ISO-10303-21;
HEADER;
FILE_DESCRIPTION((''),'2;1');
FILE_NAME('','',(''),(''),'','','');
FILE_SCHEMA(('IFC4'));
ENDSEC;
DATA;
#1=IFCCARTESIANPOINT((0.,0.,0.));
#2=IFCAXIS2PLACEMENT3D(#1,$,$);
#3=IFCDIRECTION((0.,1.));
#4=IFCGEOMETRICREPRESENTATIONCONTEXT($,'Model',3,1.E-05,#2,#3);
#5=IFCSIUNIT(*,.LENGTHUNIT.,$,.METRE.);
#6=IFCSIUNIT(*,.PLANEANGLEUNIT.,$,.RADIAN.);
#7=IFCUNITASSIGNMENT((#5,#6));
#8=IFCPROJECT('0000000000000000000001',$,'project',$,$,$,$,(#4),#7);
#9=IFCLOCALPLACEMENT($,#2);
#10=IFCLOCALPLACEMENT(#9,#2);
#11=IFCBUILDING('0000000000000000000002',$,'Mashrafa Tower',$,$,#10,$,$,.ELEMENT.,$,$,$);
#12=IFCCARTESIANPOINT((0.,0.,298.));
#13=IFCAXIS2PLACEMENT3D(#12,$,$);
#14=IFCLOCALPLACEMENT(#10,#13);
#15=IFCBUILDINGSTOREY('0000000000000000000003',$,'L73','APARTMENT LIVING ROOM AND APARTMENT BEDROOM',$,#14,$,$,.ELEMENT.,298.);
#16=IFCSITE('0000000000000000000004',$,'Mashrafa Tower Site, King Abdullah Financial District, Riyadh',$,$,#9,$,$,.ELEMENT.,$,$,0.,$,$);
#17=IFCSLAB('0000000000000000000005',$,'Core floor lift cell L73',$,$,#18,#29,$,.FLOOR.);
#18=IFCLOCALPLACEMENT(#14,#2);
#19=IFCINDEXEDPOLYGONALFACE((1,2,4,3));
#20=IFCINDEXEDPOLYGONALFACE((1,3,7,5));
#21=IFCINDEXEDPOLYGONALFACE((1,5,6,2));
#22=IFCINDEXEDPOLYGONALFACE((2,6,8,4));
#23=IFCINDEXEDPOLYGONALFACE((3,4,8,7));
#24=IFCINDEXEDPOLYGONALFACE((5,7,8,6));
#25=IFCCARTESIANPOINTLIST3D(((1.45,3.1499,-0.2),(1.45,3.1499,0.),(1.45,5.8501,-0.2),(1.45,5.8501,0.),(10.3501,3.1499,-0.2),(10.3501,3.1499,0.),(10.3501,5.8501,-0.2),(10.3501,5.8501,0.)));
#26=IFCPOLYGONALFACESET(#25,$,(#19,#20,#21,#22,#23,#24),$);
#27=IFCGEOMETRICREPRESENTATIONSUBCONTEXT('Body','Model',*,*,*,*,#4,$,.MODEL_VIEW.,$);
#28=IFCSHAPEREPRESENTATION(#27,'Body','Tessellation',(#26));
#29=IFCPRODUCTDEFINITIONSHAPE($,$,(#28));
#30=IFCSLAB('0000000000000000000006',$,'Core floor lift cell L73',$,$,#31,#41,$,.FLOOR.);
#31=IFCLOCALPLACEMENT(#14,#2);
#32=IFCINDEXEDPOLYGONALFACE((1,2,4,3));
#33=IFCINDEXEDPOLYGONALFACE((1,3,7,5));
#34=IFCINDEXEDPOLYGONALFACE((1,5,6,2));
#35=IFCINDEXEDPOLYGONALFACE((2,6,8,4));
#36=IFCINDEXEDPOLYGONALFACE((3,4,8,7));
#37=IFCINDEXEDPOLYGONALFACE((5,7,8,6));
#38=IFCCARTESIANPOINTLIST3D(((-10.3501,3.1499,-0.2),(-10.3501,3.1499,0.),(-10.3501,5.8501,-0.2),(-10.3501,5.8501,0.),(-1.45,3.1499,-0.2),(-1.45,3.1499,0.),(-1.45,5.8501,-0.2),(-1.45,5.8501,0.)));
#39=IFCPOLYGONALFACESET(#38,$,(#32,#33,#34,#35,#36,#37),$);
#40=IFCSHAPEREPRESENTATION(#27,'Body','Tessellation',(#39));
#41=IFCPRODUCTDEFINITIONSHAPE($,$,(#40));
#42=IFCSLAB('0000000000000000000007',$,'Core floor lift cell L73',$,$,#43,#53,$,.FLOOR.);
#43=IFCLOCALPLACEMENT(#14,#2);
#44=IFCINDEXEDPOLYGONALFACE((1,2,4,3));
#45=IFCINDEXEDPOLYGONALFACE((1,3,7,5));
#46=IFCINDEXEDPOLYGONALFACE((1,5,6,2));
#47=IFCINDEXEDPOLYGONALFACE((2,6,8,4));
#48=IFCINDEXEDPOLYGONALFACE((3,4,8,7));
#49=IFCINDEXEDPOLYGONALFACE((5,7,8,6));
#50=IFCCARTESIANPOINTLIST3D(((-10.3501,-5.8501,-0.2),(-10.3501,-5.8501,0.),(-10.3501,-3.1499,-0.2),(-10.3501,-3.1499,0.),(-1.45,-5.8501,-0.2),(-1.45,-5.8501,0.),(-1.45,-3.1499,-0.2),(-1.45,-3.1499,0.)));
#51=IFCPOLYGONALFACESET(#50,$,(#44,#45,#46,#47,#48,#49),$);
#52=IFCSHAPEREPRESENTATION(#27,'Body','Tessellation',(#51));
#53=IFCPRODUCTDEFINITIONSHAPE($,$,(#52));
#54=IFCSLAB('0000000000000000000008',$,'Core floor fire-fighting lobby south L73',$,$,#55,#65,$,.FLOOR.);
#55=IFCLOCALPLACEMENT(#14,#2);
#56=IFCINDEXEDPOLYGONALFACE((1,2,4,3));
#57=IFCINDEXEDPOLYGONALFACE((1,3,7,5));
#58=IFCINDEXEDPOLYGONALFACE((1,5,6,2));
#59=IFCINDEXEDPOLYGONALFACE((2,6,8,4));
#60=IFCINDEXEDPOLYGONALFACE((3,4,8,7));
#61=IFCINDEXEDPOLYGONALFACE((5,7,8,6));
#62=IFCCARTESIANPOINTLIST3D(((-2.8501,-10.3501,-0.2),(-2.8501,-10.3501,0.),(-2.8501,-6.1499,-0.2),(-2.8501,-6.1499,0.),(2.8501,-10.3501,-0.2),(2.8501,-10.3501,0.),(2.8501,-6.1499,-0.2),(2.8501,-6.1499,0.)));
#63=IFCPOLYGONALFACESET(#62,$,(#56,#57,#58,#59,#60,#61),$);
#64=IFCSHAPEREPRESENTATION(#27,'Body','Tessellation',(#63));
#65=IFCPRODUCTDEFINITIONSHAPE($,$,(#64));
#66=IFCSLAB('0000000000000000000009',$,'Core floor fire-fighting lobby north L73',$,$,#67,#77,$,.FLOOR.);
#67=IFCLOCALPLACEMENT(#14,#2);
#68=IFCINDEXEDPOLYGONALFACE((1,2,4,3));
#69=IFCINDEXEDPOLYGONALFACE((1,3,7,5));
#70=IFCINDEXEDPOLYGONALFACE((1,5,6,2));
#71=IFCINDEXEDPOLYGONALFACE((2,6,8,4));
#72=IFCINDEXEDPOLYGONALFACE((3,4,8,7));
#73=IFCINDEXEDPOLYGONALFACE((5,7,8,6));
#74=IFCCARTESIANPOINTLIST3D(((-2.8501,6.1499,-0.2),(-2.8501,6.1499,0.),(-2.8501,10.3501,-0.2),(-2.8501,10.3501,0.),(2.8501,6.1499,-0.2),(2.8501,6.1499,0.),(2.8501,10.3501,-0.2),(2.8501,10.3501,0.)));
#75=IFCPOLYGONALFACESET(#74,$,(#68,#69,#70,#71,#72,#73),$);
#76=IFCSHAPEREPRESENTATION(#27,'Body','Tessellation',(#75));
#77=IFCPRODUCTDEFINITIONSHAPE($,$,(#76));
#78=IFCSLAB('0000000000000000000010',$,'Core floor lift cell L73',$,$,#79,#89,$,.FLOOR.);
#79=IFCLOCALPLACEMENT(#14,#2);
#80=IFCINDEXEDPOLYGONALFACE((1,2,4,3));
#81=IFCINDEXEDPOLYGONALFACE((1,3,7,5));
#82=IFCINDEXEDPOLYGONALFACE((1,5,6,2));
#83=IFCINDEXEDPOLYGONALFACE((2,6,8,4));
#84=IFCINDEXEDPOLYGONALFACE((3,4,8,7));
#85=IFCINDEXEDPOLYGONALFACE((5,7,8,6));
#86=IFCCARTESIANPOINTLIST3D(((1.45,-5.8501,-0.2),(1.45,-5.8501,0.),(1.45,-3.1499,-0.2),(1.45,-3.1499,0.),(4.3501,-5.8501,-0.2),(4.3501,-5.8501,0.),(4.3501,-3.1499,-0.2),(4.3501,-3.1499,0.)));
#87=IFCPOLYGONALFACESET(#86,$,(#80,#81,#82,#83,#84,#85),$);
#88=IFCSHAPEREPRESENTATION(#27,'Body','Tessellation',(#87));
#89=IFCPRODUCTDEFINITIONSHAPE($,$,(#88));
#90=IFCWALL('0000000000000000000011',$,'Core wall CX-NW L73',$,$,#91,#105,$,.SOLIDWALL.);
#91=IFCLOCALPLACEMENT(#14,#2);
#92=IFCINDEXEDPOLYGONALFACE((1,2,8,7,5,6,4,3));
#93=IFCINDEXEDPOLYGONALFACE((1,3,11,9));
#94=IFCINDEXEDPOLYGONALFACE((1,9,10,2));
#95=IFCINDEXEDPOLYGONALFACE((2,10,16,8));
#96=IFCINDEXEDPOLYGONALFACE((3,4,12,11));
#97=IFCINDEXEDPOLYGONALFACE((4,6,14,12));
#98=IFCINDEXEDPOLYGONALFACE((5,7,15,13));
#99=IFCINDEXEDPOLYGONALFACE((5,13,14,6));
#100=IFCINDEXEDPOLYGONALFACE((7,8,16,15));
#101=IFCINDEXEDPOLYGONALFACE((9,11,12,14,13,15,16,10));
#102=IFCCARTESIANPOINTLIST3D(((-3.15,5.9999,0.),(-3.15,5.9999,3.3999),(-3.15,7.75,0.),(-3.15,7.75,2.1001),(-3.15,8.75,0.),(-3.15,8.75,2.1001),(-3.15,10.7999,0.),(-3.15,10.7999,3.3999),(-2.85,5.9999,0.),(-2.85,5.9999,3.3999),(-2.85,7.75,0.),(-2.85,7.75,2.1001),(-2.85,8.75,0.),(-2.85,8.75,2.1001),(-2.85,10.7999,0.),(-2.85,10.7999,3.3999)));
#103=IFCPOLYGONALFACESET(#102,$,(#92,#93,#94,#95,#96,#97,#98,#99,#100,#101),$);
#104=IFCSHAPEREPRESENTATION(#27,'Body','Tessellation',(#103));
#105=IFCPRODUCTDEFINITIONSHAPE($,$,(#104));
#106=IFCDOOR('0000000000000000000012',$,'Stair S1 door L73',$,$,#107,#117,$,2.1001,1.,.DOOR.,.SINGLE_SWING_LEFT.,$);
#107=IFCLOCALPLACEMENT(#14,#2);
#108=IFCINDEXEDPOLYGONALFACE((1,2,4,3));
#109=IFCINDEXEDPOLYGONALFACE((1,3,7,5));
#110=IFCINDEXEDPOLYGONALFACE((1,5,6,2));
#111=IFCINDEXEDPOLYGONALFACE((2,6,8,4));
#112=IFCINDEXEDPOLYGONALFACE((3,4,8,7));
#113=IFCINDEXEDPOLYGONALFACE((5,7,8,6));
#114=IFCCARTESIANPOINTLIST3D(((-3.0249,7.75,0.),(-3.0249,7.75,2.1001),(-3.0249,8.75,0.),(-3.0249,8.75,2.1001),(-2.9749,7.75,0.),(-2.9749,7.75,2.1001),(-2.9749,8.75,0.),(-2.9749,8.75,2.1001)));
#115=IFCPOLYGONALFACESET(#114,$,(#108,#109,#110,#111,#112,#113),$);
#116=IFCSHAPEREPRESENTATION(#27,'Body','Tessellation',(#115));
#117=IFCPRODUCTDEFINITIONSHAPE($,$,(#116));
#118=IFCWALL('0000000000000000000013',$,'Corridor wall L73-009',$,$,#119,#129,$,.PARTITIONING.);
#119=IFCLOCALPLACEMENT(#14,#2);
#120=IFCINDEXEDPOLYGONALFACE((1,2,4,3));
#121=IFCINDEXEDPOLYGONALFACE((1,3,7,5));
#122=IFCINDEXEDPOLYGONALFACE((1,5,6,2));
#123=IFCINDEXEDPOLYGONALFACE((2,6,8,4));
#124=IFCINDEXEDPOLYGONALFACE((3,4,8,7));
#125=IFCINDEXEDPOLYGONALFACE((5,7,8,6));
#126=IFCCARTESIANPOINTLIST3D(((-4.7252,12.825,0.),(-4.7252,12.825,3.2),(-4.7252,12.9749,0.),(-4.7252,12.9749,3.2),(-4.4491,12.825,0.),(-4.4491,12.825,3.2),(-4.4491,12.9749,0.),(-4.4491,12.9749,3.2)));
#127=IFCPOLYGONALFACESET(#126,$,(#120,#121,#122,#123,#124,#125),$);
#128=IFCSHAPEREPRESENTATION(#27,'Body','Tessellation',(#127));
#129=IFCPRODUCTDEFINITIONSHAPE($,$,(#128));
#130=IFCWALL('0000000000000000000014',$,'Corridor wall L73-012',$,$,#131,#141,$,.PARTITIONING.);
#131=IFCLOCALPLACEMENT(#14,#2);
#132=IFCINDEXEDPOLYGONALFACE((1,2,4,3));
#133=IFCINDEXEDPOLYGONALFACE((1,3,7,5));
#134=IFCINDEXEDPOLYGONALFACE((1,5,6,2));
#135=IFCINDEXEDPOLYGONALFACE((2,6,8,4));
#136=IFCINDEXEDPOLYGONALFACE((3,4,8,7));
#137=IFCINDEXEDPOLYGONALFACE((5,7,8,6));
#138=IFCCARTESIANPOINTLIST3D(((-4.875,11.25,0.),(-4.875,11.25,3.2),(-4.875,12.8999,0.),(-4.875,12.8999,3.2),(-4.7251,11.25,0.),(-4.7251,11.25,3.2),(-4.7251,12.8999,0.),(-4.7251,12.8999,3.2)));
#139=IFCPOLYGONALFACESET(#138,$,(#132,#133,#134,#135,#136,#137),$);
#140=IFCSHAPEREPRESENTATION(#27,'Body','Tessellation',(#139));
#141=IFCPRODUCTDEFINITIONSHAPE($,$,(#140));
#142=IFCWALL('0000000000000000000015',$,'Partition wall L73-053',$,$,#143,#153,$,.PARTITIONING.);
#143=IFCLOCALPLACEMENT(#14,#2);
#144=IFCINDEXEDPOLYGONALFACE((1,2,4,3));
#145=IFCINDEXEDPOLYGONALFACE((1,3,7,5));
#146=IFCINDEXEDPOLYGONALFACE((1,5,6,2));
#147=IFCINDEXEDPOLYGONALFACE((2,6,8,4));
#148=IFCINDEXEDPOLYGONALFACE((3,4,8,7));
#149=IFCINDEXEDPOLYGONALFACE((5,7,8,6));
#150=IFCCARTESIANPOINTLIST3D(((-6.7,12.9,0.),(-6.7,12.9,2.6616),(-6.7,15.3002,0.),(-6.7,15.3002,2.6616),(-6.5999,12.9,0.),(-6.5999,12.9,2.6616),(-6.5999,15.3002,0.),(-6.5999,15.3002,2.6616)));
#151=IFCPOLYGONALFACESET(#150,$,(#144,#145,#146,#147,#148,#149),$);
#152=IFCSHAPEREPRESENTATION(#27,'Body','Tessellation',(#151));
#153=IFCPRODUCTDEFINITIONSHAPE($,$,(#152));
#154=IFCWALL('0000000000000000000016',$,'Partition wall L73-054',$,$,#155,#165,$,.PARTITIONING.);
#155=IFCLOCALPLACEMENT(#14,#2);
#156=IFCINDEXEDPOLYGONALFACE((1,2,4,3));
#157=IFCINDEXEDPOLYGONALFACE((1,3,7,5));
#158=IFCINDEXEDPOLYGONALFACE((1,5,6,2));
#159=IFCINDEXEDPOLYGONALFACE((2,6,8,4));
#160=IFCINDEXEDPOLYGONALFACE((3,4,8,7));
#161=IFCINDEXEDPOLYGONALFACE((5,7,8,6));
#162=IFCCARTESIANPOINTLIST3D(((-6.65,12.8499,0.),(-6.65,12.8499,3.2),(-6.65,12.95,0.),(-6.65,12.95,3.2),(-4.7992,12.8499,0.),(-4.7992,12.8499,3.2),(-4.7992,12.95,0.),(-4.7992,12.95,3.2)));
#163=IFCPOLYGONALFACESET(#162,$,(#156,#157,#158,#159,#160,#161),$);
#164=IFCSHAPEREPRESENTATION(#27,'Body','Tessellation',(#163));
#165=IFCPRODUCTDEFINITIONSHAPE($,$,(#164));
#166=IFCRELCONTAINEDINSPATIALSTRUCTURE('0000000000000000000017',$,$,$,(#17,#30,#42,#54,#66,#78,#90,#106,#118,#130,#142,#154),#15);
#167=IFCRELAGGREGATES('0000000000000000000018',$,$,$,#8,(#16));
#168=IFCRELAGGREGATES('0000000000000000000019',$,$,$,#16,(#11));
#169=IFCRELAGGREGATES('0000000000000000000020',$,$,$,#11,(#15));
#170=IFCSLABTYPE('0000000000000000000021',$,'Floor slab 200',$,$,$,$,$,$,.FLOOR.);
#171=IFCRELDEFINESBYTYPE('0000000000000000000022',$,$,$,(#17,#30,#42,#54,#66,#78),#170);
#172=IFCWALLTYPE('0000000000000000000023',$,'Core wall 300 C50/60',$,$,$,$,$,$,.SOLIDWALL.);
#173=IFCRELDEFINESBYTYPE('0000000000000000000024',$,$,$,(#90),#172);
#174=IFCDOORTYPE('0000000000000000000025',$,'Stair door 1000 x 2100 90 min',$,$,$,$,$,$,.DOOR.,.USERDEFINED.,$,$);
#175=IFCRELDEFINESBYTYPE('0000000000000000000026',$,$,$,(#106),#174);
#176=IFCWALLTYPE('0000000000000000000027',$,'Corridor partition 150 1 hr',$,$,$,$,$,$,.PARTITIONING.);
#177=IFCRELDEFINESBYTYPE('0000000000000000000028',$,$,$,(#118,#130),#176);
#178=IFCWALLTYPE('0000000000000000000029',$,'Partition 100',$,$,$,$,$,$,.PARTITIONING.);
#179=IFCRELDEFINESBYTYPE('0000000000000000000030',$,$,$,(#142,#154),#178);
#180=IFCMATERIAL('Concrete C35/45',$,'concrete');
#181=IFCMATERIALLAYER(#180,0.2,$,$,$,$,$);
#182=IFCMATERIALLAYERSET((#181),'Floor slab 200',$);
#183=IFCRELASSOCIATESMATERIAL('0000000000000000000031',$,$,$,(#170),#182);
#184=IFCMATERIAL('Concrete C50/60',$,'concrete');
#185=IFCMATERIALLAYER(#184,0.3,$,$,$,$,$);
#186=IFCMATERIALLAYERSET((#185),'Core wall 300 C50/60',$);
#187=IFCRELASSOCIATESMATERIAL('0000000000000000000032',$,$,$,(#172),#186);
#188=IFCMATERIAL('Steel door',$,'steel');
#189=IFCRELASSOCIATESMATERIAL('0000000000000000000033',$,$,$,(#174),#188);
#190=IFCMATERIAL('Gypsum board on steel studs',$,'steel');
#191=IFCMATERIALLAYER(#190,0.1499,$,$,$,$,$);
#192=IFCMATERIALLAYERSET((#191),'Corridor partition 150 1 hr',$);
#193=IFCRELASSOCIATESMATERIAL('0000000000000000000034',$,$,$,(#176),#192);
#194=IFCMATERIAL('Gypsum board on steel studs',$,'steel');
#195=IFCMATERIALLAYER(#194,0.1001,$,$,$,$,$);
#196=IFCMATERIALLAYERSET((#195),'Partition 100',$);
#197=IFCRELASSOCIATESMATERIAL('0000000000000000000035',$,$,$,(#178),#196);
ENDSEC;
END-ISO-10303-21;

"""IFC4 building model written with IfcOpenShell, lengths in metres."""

from ifc_helpers import new_model, si_unit, direction, frame, frame_2d, origin, place, context, subcontext, project, spatial, polyline, rectangle, outline, extrude, material, layer, layer_set, type_object, element, fill, save


model = new_model("IFC4")

# Units and contexts
model_context = context("Model", 3, precision=1e-05, world=origin(), true_north=direction((0.0, 1.0)))
body_context = subcontext(model_context, "Body", "Model", "MODEL_VIEW")
ifc_project = project(units=[si_unit("LENGTHUNIT", "METRE"), si_unit("PLANEANGLEUNIT", "RADIAN")], contexts=[model_context])

# Site, building, storey
site_placement = place(None, origin())
site = spatial("IfcSite", under=ifc_project, at=site_placement, Name="Mashrafa Tower Site, King Abdullah Financial District, Riyadh", CompositionType="ELEMENT", RefElevation=0.0)
building_placement = place(site_placement, origin())
building = spatial("IfcBuilding", under=site, at=building_placement, Name="Mashrafa Tower", CompositionType="ELEMENT")
storey_placement = place(building_placement, frame((0.0, 0.0, 298.0)))
storey = spatial("IfcBuildingStorey", under=building, at=storey_placement, Name="L73", Description="APARTMENT LIVING ROOM AND APARTMENT BEDROOM", CompositionType="ELEMENT", Elevation=298.0)

# Slabs
ifc_material_1 = material(Name="Concrete C35/45", Category="concrete")
ifc_layer_1 = layer(ifc_material_1, 0.2)
ifc_layer_set_1 = layer_set([ifc_layer_1], Name="Floor slab 200")
slab_type = type_object("IfcSlabType", Name="Floor slab 200", PredefinedType="FLOOR", material=ifc_layer_set_1)
slab_1_placement = place(storey_placement, frame((0.0, 0.0, -0.2)))
element("IfcSlab", 1, at=slab_1_placement, inside=storey, type_object=slab_type, Name="Core floor lift cell L73", PredefinedType="FLOOR", context=body_context, shape_type="SweptSolid", body=[
    extrude(outline(polyline([(10.3501, 5.8501), (10.3501, 3.1499), (1.45, 3.1499), (1.45, 5.8501), (10.3501, 5.8501)])), origin(), (0.0, 0.0, 1.0), 0.2),
])
slab_2_placement = place(storey_placement, frame((0.0, 0.0, -0.2)))
element("IfcSlab", 2, at=slab_2_placement, inside=storey, type_object=slab_type, Name="Core floor lift cell L73", PredefinedType="FLOOR", context=body_context, shape_type="SweptSolid", body=[
    extrude(outline(polyline([(-1.45, 3.1499), (-10.3501, 3.1499), (-10.3501, 5.8501), (-1.45, 5.8501), (-1.45, 3.1499)])), origin(), (0.0, 0.0, 1.0), 0.2),
])
slab_3_placement = place(storey_placement, frame((0.0, 0.0, -0.2)))
element("IfcSlab", 3, at=slab_3_placement, inside=storey, type_object=slab_type, Name="Core floor lift cell L73", PredefinedType="FLOOR", context=body_context, shape_type="SweptSolid", body=[
    extrude(outline(polyline([(-1.45, -3.1499), (-1.45, -5.8501), (-10.3501, -5.8501), (-10.3501, -3.1499), (-1.45, -3.1499)])), origin(), (0.0, 0.0, 1.0), 0.2),
])
slab_4_placement = place(storey_placement, frame((0.0, 0.0, -0.2)))
element("IfcSlab", 4, at=slab_4_placement, inside=storey, type_object=slab_type, Name="Core floor fire-fighting lobby south L73", PredefinedType="FLOOR", context=body_context, shape_type="SweptSolid", body=[
    extrude(outline(polyline([(2.8501, -6.1499), (2.8501, -10.3501), (-2.8501, -10.3501), (-2.8501, -6.1499), (2.8501, -6.1499)])), origin(), (0.0, 0.0, 1.0), 0.2),
])
slab_5_placement = place(storey_placement, frame((0.0, 0.0, -0.2)))
element("IfcSlab", 5, at=slab_5_placement, inside=storey, type_object=slab_type, Name="Core floor fire-fighting lobby north L73", PredefinedType="FLOOR", context=body_context, shape_type="SweptSolid", body=[
    extrude(outline(polyline([(-2.8501, 10.3501), (2.8501, 10.3501), (2.8501, 6.1499), (-2.8501, 6.1499), (-2.8501, 10.3501)])), origin(), (0.0, 0.0, 1.0), 0.2),
])
slab_6_placement = place(storey_placement, frame((0.0, 0.0, -0.2)))
element("IfcSlab", 6, at=slab_6_placement, inside=storey, type_object=slab_type, Name="Core floor lift cell L73", PredefinedType="FLOOR", context=body_context, shape_type="SweptSolid", body=[
    extrude(outline(polyline([(4.3501, -3.1499), (4.3501, -5.8501), (1.45, -5.8501), (1.45, -3.1499), (4.3501, -3.1499)])), origin(), (0.0, 0.0, 1.0), 0.2),
])

# Wall, opening, door
ifc_material_2 = material(Name="Concrete C50/60", Category="concrete")
ifc_layer_2 = layer(ifc_material_2, 0.3)
ifc_layer_set_2 = layer_set([ifc_layer_2], Name="Core wall 300 C50/60")
wall_type_1 = type_object("IfcWallType", Name="Core wall 300 C50/60", PredefinedType="SOLIDWALL", material=ifc_layer_set_2)
wall_1_placement = place(storey_placement, frame((-3.0, 6.0, 0.0), z_axis=(0.0, 0.0, 1.0), x_axis=(0.0, 1.0, 0.0)))
wall_1 = element("IfcWall", 7, at=wall_1_placement, inside=storey, type_object=wall_type_1, Name="Core wall CX-NW L73", PredefinedType="SOLIDWALL", context=body_context, shape_type="SweptSolid", body=[
    extrude(rectangle(XDim=4.8, YDim=0.3, at=frame_2d((2.3999, 0.0))), origin(), (0.0, 0.0, 1.0), 3.3999),
])
opening_1_placement = place(wall_1_placement, frame((1.75, 0.0, 0.0)))
opening_1 = element("IfcOpeningElement", 8, at=opening_1_placement, cuts=wall_1, PredefinedType="OPENING", context=body_context, shape_type="SweptSolid", body=[
    extrude(rectangle(XDim=1.0, YDim=2.1001, at=frame_2d((0.5, 1.05))), frame((0.0, 0.1599, 0.0), z_axis=(0.0, -1.0, 0.0), x_axis=(1.0, 0.0, 0.0)), (0.0, 0.0, 1.0), 0.3201),
])
ifc_material_3 = material(Name="Steel door", Category="steel")
door_type_1 = type_object("IfcDoorType", Name="Stair door 1000 x 2100 90 min", OperationType="USERDEFINED", PredefinedType="DOOR", material=ifc_material_3)
door_1_placement = place(opening_1_placement, origin())
door_1 = element("IfcDoor", 9, at=door_1_placement, inside=storey, type_object=door_type_1, Name="Stair S1 door L73", OperationType="SINGLE_SWING_LEFT", OverallHeight=2.1001, OverallWidth=1.0, PredefinedType="DOOR", context=body_context, shape_type="SweptSolid", body=[
    extrude(rectangle(XDim=1.0, YDim=2.1001, at=frame_2d((0.5, 1.05))), frame((0.0, 0.0249, 0.0), z_axis=(0.0, -1.0, 0.0), x_axis=(1.0, 0.0, 0.0)), (0.0, 0.0, 1.0), 0.05),
])
fill(opening_1, door_1)

# Walls
ifc_material_4 = material(Name="Gypsum board on steel studs", Category="steel")
ifc_layer_3 = layer(ifc_material_4, 0.1499)
ifc_layer_set_3 = layer_set([ifc_layer_3], Name="Corridor partition 150 1 hr")
wall_type_2 = type_object("IfcWallType", Name="Corridor partition 150 1 hr", PredefinedType="PARTITIONING", material=ifc_layer_set_3)
wall_2_placement = place(storey_placement, frame((-4.449, 12.8999, 0.0), z_axis=(0.0, 0.0, 1.0), x_axis=(-1.0, 0.0, 0.0)))
element("IfcWall", 10, at=wall_2_placement, inside=storey, type_object=wall_type_2, Name="Corridor wall L73-009", PredefinedType="PARTITIONING", context=body_context, shape_type="SweptSolid", body=[
    extrude(rectangle(XDim=0.2761, YDim=0.1499, at=frame_2d((0.1382, 0.0))), origin(), (0.0, 0.0, 1.0), 3.2),
])
wall_3_placement = place(storey_placement, frame((-4.8, 12.8999, 0.0), z_axis=(0.0, 0.0, 1.0), x_axis=(0.0, -1.0, 0.0)))
element("IfcWall", 11, at=wall_3_placement, inside=storey, type_object=wall_type_2, Name="Corridor wall L73-012", PredefinedType="PARTITIONING", context=body_context, shape_type="SweptSolid", body=[
    extrude(rectangle(XDim=1.6499, YDim=0.1499, at=frame_2d((0.825, 0.0))), origin(), (0.0, 0.0, 1.0), 3.2),
])
ifc_material_5 = material(Name="Gypsum board on steel studs", Category="steel")
ifc_layer_4 = layer(ifc_material_5, 0.1001)
ifc_layer_set_4 = layer_set([ifc_layer_4], Name="Partition 100")
wall_type_3 = type_object("IfcWallType", Name="Partition 100", PredefinedType="PARTITIONING", material=ifc_layer_set_4)
wall_4_placement = place(storey_placement, frame((-6.6499, 12.8999, 0.0), z_axis=(0.0, 0.0, 1.0), x_axis=(0.0, 1.0, 0.0)))
element("IfcWall", 12, at=wall_4_placement, inside=storey, type_object=wall_type_3, Name="Partition wall L73-053", PredefinedType="PARTITIONING", context=body_context, shape_type="SweptSolid", body=[
    extrude(rectangle(XDim=2.4001, YDim=0.1001, at=frame_2d((1.2002, 0.0))), origin(), (0.0, 0.0, 1.0), 2.6616),
])
wall_5_placement = place(storey_placement, frame((-6.6499, 12.8999, 0.0), z_axis=(0.0, 0.0, 1.0), x_axis=(1.0, 0.0, 0.0)))
element("IfcWall", 13, at=wall_5_placement, inside=storey, type_object=wall_type_3, Name="Partition wall L73-054", PredefinedType="PARTITIONING", context=body_context, shape_type="SweptSolid", body=[
    extrude(rectangle(XDim=1.8508, YDim=0.1001, at=frame_2d((0.9253, 0.0))), origin(), (0.0, 0.0, 1.0), 3.2),
])

save(model, "model.ifc")
